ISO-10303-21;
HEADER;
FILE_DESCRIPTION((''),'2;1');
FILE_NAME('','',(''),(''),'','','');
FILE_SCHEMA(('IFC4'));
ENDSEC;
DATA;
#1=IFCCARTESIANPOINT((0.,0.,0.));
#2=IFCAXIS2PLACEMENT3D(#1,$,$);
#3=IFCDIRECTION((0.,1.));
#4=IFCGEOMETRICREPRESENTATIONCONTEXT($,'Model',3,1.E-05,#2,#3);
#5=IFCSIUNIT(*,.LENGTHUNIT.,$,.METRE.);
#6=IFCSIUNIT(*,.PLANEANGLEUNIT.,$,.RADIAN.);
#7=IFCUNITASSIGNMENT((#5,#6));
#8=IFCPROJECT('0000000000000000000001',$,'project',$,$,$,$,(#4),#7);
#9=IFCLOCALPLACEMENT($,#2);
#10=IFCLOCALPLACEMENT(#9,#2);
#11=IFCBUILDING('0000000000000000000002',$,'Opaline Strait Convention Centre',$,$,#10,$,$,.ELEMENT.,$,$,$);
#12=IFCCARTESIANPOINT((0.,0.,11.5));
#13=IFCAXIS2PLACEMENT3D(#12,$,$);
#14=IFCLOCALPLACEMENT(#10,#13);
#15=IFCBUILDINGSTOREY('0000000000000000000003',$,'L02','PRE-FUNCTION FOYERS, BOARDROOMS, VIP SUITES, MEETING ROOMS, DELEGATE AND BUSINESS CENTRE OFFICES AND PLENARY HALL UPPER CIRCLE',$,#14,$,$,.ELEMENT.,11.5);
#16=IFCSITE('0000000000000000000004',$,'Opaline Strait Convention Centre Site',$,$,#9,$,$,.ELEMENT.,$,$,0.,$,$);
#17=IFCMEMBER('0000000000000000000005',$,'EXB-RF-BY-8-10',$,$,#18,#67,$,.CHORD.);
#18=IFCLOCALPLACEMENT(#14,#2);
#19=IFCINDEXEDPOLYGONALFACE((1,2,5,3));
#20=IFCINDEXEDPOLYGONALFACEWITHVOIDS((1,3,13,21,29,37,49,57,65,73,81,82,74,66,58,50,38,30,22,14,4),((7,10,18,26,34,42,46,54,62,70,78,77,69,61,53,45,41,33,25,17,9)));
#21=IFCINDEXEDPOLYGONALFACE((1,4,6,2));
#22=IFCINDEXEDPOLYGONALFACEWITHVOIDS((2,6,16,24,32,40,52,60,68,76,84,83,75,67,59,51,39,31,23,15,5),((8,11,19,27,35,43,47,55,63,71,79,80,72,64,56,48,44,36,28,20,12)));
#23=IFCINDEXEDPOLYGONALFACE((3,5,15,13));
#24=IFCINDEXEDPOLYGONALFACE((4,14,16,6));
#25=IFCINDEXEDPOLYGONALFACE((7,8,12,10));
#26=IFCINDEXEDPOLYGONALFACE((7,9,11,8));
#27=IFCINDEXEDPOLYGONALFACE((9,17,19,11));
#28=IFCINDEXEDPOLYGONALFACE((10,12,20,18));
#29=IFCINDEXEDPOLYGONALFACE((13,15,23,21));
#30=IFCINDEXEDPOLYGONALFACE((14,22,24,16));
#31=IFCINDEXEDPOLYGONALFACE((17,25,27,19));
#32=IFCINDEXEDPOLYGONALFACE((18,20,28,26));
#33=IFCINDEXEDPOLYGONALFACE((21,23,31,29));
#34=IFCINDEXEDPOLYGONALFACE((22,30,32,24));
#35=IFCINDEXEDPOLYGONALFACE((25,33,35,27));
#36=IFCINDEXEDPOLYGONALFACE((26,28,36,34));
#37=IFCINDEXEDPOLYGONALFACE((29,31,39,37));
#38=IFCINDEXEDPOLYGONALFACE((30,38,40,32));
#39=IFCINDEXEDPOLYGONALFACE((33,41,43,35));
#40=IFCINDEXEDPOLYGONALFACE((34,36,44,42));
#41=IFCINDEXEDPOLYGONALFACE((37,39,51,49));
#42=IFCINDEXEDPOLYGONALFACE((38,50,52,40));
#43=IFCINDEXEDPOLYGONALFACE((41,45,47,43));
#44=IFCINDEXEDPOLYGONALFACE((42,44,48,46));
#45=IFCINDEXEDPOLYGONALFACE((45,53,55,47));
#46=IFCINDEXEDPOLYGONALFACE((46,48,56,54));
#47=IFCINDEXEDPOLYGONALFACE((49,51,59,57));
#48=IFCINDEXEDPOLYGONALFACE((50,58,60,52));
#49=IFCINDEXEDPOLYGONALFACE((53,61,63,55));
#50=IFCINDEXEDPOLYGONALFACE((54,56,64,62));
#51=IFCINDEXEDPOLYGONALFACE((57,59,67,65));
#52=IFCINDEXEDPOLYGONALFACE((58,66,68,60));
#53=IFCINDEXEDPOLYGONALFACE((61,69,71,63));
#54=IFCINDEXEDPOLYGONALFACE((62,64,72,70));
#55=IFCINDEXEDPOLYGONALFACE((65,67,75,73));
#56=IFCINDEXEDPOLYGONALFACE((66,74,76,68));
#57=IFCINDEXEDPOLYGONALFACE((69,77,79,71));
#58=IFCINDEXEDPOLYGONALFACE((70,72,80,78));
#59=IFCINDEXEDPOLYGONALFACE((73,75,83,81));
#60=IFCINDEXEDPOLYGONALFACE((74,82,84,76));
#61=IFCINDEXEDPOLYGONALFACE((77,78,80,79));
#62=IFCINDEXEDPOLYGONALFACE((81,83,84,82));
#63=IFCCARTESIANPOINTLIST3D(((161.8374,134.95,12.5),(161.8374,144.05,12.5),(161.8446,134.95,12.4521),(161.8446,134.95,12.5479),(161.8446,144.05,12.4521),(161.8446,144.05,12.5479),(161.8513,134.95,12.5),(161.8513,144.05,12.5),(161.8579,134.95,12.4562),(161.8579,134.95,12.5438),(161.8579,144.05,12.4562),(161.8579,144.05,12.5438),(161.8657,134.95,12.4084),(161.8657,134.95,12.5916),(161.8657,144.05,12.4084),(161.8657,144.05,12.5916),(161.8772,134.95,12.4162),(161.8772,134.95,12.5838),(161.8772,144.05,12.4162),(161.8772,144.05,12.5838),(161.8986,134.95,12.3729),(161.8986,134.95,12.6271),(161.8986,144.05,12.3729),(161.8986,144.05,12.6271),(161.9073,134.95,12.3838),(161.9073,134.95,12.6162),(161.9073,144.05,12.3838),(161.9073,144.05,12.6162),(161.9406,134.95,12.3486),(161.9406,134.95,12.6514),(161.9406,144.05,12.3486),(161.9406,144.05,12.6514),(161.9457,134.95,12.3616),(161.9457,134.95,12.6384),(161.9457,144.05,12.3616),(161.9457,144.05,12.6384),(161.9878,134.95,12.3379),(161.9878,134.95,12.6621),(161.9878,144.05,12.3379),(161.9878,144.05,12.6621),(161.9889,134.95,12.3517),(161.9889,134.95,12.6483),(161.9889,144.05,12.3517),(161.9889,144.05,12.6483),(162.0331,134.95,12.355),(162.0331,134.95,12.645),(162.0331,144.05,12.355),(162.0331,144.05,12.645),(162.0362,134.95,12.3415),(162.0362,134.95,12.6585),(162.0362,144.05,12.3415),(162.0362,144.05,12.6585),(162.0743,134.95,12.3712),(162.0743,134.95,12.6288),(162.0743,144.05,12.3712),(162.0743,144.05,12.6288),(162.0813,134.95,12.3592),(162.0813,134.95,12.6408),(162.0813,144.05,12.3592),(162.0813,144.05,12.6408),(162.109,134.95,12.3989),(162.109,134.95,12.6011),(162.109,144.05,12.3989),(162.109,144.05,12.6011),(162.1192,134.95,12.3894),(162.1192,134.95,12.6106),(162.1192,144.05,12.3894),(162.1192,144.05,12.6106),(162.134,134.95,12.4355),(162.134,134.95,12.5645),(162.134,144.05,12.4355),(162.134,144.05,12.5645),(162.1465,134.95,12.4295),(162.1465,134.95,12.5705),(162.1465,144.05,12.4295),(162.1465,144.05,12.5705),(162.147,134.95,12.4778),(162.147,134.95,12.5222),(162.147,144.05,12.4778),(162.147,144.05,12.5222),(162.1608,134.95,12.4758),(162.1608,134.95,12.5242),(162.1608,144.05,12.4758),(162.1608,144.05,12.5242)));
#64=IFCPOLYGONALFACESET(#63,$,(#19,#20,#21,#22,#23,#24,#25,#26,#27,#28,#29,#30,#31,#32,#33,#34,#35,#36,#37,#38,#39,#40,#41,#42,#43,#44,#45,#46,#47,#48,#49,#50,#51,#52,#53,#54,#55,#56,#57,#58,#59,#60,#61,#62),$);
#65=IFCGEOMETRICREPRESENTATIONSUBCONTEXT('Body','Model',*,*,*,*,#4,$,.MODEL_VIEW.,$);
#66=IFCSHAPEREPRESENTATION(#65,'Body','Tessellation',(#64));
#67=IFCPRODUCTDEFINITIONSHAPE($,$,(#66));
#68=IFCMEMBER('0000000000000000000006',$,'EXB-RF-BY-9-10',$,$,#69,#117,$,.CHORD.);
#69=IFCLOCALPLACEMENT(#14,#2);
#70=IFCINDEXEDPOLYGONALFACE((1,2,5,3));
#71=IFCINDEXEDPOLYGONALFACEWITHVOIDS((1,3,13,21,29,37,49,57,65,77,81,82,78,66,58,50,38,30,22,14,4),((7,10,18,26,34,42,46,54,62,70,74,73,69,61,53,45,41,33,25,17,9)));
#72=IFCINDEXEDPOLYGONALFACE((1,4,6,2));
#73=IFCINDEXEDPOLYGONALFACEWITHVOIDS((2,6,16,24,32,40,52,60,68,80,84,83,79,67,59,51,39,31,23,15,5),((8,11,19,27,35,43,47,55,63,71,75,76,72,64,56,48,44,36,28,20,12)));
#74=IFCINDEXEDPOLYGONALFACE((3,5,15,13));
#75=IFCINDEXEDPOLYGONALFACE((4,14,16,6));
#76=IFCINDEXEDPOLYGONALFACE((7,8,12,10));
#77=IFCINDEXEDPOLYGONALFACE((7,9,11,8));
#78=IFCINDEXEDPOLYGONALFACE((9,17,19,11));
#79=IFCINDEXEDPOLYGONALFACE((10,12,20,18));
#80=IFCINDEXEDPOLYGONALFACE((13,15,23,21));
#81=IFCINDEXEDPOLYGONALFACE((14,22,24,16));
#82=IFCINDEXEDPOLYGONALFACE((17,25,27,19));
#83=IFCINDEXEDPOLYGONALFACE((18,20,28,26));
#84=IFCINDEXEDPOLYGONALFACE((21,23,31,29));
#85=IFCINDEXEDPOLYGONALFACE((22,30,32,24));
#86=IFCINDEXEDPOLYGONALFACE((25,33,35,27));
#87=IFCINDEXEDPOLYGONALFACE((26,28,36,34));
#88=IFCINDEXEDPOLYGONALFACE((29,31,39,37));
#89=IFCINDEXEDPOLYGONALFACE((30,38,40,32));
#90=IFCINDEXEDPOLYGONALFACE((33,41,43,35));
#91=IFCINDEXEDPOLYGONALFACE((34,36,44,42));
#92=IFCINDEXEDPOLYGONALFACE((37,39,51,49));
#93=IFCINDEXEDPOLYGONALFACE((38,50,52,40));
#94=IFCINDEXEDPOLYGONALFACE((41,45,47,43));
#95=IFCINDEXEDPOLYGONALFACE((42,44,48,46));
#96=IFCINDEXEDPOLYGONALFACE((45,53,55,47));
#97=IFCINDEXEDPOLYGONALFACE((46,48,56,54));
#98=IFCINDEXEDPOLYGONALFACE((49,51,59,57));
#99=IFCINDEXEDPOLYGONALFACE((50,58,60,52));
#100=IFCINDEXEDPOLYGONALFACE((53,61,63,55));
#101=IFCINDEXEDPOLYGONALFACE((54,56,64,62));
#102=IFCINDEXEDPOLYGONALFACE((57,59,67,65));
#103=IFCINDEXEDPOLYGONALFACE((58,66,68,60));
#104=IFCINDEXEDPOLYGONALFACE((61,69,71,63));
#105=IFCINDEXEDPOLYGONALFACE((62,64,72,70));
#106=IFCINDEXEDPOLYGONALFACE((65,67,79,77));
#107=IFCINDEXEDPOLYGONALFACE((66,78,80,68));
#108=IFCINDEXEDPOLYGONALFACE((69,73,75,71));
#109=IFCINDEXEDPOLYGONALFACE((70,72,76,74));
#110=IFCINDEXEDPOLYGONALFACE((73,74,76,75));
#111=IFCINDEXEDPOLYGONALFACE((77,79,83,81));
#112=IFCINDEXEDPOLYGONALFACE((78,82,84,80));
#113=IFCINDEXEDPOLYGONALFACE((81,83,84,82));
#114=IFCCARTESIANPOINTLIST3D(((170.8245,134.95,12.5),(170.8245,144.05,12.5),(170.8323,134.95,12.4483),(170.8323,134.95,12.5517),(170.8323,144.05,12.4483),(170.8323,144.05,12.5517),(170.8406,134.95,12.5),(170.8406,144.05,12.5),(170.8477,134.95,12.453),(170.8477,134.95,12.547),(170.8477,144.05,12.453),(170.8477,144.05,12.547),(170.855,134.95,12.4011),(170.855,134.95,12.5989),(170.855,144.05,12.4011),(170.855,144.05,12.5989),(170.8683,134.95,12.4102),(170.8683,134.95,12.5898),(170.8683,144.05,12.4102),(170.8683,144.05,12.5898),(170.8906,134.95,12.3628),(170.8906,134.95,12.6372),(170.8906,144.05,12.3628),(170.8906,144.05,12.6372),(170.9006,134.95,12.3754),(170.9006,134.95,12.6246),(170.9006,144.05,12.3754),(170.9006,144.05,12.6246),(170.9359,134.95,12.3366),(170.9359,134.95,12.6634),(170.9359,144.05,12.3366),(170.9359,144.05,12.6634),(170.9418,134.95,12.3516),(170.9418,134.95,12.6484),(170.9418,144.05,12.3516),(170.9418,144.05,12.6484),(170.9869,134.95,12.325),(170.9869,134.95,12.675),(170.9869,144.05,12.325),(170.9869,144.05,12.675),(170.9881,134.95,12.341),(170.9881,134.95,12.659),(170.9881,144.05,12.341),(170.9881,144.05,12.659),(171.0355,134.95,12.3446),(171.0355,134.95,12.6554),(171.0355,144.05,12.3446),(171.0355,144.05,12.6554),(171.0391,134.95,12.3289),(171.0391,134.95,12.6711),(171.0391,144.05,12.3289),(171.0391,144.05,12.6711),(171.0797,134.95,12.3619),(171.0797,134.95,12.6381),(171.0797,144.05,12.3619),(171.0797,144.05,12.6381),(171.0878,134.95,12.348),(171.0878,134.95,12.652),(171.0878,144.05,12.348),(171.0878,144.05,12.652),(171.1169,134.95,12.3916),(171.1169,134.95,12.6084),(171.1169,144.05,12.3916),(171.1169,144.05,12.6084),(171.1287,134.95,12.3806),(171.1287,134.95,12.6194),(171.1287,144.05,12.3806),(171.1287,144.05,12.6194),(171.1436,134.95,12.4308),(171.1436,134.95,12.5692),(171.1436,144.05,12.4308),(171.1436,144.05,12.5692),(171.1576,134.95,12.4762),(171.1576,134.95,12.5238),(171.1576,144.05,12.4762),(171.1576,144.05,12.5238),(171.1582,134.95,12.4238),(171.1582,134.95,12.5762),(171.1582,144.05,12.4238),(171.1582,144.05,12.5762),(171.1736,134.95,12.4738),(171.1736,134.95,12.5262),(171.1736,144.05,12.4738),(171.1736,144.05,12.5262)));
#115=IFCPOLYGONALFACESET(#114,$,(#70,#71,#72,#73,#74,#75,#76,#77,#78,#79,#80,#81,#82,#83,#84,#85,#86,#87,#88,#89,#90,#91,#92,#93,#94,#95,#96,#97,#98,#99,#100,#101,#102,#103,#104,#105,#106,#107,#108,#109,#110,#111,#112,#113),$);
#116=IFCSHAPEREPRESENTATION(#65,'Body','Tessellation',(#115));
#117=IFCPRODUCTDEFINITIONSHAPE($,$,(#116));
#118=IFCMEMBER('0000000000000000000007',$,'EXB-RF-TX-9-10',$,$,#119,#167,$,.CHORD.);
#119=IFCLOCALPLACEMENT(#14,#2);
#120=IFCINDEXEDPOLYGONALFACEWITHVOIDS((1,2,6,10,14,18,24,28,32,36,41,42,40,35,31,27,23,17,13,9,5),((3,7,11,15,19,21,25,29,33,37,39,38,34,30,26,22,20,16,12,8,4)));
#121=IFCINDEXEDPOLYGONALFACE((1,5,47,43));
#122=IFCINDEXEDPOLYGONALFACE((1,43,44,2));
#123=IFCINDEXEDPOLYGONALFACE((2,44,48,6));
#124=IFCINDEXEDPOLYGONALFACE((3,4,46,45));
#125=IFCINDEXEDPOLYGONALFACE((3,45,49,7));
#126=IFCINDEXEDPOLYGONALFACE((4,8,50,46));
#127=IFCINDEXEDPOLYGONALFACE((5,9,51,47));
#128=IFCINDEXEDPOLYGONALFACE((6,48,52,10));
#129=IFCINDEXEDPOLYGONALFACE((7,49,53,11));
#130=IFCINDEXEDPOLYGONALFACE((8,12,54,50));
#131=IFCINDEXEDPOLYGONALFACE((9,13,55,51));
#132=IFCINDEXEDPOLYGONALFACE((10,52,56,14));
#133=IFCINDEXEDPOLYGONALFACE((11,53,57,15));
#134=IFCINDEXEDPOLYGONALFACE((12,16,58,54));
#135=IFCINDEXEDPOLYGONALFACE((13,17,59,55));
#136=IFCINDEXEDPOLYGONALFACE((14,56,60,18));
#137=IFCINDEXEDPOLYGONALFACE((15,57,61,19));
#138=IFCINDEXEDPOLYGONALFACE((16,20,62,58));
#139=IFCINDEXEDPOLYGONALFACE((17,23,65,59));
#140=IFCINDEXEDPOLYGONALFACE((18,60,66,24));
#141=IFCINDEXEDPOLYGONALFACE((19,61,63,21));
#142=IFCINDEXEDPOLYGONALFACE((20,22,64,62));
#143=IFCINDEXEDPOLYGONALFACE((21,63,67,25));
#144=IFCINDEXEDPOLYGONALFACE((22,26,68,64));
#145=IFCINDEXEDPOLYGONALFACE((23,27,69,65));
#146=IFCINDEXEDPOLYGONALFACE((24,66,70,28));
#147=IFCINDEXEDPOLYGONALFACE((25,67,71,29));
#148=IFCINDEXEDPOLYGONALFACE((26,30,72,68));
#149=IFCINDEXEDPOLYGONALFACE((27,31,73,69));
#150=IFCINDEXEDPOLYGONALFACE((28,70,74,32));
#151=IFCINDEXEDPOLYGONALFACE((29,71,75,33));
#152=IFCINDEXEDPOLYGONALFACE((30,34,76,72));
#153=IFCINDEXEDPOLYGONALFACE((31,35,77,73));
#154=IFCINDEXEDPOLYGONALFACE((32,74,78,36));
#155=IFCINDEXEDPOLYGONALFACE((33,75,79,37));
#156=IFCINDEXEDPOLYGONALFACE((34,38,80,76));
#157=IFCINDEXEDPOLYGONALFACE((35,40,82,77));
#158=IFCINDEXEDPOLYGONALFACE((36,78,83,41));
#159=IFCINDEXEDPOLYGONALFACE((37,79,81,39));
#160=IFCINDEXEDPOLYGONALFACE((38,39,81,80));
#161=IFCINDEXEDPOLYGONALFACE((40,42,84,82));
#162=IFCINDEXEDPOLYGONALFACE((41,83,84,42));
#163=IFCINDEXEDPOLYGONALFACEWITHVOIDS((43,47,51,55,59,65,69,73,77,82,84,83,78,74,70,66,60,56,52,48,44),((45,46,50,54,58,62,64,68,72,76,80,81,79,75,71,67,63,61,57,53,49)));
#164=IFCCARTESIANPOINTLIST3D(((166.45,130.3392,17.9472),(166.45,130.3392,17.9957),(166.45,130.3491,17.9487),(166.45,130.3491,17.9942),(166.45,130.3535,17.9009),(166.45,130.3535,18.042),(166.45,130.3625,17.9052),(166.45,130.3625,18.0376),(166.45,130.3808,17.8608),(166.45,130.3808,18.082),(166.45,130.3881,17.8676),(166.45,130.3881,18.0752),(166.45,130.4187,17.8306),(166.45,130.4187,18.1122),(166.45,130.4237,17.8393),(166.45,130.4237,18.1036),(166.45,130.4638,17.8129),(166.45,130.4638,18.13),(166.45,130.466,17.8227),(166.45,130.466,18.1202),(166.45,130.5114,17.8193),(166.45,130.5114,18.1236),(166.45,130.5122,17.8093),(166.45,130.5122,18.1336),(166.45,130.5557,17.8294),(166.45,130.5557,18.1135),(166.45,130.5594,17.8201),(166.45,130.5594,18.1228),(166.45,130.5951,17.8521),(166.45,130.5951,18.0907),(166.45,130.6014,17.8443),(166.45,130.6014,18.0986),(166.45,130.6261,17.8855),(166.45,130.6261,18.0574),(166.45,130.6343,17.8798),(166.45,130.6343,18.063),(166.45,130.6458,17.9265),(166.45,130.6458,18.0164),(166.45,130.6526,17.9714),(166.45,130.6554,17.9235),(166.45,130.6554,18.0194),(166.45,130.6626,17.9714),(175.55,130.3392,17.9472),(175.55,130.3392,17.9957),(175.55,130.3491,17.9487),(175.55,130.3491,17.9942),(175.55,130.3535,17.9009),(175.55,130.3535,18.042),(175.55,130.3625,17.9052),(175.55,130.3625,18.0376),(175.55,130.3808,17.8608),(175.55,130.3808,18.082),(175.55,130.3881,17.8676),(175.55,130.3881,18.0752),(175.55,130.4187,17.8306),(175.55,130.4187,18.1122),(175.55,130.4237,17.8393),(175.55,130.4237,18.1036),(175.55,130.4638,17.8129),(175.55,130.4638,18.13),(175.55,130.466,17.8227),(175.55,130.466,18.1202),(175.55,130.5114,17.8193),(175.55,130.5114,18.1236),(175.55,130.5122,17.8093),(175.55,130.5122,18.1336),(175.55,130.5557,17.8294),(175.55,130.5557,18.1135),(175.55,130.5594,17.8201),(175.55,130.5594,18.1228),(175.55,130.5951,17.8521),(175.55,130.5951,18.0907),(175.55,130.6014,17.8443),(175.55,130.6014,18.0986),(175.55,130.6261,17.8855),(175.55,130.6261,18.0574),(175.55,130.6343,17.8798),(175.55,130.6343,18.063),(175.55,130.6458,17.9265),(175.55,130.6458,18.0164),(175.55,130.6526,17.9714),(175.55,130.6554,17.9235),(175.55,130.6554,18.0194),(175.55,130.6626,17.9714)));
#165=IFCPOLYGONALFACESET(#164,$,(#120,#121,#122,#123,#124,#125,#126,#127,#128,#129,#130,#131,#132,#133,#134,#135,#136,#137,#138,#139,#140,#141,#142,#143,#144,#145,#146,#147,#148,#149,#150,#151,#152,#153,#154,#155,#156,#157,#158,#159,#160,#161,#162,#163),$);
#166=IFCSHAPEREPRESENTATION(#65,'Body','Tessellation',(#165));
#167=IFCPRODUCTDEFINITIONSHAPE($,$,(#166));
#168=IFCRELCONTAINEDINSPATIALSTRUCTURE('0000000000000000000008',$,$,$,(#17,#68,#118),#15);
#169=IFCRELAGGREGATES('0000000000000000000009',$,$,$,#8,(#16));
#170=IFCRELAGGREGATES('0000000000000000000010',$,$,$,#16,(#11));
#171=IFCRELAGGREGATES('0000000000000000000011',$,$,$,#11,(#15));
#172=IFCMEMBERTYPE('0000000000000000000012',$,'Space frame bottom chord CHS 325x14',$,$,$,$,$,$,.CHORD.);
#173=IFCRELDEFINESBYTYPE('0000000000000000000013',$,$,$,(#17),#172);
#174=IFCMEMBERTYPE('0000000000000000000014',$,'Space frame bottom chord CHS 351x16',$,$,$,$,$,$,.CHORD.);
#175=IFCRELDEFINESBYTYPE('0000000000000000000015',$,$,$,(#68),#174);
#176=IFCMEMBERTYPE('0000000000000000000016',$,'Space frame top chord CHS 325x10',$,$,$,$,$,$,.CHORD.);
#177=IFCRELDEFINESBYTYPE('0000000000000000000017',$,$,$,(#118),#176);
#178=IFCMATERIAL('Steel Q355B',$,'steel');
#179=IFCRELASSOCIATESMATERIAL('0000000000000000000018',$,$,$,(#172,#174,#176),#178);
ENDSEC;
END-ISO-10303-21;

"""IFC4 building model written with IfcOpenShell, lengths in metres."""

from ifc_helpers import new_model, si_unit, direction, frame, origin, origin_2d, place, context, subcontext, project, spatial, hollow_circle, extrude, material, material_profile, profile_set, type_object, element, save


model = new_model("IFC4")

# Units and contexts
model_context = context("Model", 3, precision=1e-05, world=origin(), true_north=direction((0.0, 1.0)))
body_context = subcontext(model_context, "Body", "Model", "MODEL_VIEW")
ifc_project = project(units=[si_unit("LENGTHUNIT", "METRE"), si_unit("PLANEANGLEUNIT", "RADIAN")], contexts=[model_context])

# Site, building, storey
site_placement = place(None, origin())
site = spatial("IfcSite", under=ifc_project, at=site_placement, Name="Opaline Strait Convention Centre Site", CompositionType="ELEMENT", RefElevation=0.0)
building_placement = place(site_placement, origin())
building = spatial("IfcBuilding", under=site, at=building_placement, Name="Opaline Strait Convention Centre", CompositionType="ELEMENT")
storey_placement = place(building_placement, frame((0.0, 0.0, 11.5)))
storey = spatial("IfcBuildingStorey", under=building, at=storey_placement, Name="L02", Description="PRE-FUNCTION FOYERS, BOARDROOMS, VIP SUITES, MEETING ROOMS, DELEGATE AND BUSINESS CENTRE OFFICES AND PLENARY HALL UPPER CIRCLE", CompositionType="ELEMENT", Elevation=11.5)

# Members
ifc_material = material(Name="Steel Q355B", Category="steel")
ifc_material_profile_1 = material_profile(ifc_material, hollow_circle(Radius=0.1626, WallThickness=0.0139, at=origin_2d()), Name="CHS 325x14")
ifc_profile_set_1 = profile_set([ifc_material_profile_1], Name="Steel Q355B")
member_type_1 = type_object("IfcMemberType", Name="Space frame bottom chord CHS 325x14", PredefinedType="CHORD", material=ifc_profile_set_1)
for number, where, z_axis, x_axis, name in (
    (1, (162.0, 134.95, 12.5), (0.0, 1.0, 0.0), (-1.0, 0.0, 0.0), "EXB-RF-BY-8-10"),
):
    element("IfcMember", number, at=place(storey_placement, frame(where, z_axis=z_axis, x_axis=x_axis)), inside=storey, type_object=member_type_1, Name=name, PredefinedType="CHORD", context=body_context, shape_type="SweptSolid", body=[
        extrude(hollow_circle(Radius=0.1626, WallThickness=0.0139, at=origin_2d()), origin(), (0.0, 0.0, 1.0), 9.1001),
    ])
ifc_material_profile_2 = material_profile(ifc_material, hollow_circle(Radius=0.1755, WallThickness=0.0161, at=origin_2d()), Name="CHS 351x16")
ifc_profile_set_2 = profile_set([ifc_material_profile_2], Name="Steel Q355B")
member_type_2 = type_object("IfcMemberType", Name="Space frame bottom chord CHS 351x16", PredefinedType="CHORD", material=ifc_profile_set_2)
member_placement = place(storey_placement, frame((171.0, 134.95, 12.5), z_axis=(0.0, 1.0, 0.0), x_axis=(-1.0, 0.0, 0.0)))
element("IfcMember", 2, at=member_placement, inside=storey, type_object=member_type_2, Name="EXB-RF-BY-9-10", PredefinedType="CHORD", context=body_context, shape_type="SweptSolid", body=[
    extrude(hollow_circle(Radius=0.1755, WallThickness=0.0161, at=origin_2d()), origin(), (0.0, 0.0, 1.0), 9.1001),
])
ifc_material_profile_3 = material_profile(ifc_material, hollow_circle(Radius=0.1626, WallThickness=0.01, at=origin_2d()), Name="CHS 325x10")
ifc_profile_set_3 = profile_set([ifc_material_profile_3], Name="Steel Q355B")
member_type_3 = type_object("IfcMemberType", Name="Space frame top chord CHS 325x10", PredefinedType="CHORD", material=ifc_profile_set_3)
for number, where, z_axis, x_axis, name in (
    (3, (166.45, 130.5, 17.9714), (1.0, 0.0, 0.0), (0.0, 1.0, 0.0), "EXB-RF-TX-9-10"),
):
    element("IfcMember", number, at=place(storey_placement, frame(where, z_axis=z_axis, x_axis=x_axis)), inside=storey, type_object=member_type_3, Name=name, PredefinedType="CHORD", context=body_context, shape_type="SweptSolid", body=[
        extrude(hollow_circle(Radius=0.1626, WallThickness=0.01, at=origin_2d()), origin(), (0.0, 0.0, 1.0), 9.1001),
    ])

save(model, "model.ifc")
